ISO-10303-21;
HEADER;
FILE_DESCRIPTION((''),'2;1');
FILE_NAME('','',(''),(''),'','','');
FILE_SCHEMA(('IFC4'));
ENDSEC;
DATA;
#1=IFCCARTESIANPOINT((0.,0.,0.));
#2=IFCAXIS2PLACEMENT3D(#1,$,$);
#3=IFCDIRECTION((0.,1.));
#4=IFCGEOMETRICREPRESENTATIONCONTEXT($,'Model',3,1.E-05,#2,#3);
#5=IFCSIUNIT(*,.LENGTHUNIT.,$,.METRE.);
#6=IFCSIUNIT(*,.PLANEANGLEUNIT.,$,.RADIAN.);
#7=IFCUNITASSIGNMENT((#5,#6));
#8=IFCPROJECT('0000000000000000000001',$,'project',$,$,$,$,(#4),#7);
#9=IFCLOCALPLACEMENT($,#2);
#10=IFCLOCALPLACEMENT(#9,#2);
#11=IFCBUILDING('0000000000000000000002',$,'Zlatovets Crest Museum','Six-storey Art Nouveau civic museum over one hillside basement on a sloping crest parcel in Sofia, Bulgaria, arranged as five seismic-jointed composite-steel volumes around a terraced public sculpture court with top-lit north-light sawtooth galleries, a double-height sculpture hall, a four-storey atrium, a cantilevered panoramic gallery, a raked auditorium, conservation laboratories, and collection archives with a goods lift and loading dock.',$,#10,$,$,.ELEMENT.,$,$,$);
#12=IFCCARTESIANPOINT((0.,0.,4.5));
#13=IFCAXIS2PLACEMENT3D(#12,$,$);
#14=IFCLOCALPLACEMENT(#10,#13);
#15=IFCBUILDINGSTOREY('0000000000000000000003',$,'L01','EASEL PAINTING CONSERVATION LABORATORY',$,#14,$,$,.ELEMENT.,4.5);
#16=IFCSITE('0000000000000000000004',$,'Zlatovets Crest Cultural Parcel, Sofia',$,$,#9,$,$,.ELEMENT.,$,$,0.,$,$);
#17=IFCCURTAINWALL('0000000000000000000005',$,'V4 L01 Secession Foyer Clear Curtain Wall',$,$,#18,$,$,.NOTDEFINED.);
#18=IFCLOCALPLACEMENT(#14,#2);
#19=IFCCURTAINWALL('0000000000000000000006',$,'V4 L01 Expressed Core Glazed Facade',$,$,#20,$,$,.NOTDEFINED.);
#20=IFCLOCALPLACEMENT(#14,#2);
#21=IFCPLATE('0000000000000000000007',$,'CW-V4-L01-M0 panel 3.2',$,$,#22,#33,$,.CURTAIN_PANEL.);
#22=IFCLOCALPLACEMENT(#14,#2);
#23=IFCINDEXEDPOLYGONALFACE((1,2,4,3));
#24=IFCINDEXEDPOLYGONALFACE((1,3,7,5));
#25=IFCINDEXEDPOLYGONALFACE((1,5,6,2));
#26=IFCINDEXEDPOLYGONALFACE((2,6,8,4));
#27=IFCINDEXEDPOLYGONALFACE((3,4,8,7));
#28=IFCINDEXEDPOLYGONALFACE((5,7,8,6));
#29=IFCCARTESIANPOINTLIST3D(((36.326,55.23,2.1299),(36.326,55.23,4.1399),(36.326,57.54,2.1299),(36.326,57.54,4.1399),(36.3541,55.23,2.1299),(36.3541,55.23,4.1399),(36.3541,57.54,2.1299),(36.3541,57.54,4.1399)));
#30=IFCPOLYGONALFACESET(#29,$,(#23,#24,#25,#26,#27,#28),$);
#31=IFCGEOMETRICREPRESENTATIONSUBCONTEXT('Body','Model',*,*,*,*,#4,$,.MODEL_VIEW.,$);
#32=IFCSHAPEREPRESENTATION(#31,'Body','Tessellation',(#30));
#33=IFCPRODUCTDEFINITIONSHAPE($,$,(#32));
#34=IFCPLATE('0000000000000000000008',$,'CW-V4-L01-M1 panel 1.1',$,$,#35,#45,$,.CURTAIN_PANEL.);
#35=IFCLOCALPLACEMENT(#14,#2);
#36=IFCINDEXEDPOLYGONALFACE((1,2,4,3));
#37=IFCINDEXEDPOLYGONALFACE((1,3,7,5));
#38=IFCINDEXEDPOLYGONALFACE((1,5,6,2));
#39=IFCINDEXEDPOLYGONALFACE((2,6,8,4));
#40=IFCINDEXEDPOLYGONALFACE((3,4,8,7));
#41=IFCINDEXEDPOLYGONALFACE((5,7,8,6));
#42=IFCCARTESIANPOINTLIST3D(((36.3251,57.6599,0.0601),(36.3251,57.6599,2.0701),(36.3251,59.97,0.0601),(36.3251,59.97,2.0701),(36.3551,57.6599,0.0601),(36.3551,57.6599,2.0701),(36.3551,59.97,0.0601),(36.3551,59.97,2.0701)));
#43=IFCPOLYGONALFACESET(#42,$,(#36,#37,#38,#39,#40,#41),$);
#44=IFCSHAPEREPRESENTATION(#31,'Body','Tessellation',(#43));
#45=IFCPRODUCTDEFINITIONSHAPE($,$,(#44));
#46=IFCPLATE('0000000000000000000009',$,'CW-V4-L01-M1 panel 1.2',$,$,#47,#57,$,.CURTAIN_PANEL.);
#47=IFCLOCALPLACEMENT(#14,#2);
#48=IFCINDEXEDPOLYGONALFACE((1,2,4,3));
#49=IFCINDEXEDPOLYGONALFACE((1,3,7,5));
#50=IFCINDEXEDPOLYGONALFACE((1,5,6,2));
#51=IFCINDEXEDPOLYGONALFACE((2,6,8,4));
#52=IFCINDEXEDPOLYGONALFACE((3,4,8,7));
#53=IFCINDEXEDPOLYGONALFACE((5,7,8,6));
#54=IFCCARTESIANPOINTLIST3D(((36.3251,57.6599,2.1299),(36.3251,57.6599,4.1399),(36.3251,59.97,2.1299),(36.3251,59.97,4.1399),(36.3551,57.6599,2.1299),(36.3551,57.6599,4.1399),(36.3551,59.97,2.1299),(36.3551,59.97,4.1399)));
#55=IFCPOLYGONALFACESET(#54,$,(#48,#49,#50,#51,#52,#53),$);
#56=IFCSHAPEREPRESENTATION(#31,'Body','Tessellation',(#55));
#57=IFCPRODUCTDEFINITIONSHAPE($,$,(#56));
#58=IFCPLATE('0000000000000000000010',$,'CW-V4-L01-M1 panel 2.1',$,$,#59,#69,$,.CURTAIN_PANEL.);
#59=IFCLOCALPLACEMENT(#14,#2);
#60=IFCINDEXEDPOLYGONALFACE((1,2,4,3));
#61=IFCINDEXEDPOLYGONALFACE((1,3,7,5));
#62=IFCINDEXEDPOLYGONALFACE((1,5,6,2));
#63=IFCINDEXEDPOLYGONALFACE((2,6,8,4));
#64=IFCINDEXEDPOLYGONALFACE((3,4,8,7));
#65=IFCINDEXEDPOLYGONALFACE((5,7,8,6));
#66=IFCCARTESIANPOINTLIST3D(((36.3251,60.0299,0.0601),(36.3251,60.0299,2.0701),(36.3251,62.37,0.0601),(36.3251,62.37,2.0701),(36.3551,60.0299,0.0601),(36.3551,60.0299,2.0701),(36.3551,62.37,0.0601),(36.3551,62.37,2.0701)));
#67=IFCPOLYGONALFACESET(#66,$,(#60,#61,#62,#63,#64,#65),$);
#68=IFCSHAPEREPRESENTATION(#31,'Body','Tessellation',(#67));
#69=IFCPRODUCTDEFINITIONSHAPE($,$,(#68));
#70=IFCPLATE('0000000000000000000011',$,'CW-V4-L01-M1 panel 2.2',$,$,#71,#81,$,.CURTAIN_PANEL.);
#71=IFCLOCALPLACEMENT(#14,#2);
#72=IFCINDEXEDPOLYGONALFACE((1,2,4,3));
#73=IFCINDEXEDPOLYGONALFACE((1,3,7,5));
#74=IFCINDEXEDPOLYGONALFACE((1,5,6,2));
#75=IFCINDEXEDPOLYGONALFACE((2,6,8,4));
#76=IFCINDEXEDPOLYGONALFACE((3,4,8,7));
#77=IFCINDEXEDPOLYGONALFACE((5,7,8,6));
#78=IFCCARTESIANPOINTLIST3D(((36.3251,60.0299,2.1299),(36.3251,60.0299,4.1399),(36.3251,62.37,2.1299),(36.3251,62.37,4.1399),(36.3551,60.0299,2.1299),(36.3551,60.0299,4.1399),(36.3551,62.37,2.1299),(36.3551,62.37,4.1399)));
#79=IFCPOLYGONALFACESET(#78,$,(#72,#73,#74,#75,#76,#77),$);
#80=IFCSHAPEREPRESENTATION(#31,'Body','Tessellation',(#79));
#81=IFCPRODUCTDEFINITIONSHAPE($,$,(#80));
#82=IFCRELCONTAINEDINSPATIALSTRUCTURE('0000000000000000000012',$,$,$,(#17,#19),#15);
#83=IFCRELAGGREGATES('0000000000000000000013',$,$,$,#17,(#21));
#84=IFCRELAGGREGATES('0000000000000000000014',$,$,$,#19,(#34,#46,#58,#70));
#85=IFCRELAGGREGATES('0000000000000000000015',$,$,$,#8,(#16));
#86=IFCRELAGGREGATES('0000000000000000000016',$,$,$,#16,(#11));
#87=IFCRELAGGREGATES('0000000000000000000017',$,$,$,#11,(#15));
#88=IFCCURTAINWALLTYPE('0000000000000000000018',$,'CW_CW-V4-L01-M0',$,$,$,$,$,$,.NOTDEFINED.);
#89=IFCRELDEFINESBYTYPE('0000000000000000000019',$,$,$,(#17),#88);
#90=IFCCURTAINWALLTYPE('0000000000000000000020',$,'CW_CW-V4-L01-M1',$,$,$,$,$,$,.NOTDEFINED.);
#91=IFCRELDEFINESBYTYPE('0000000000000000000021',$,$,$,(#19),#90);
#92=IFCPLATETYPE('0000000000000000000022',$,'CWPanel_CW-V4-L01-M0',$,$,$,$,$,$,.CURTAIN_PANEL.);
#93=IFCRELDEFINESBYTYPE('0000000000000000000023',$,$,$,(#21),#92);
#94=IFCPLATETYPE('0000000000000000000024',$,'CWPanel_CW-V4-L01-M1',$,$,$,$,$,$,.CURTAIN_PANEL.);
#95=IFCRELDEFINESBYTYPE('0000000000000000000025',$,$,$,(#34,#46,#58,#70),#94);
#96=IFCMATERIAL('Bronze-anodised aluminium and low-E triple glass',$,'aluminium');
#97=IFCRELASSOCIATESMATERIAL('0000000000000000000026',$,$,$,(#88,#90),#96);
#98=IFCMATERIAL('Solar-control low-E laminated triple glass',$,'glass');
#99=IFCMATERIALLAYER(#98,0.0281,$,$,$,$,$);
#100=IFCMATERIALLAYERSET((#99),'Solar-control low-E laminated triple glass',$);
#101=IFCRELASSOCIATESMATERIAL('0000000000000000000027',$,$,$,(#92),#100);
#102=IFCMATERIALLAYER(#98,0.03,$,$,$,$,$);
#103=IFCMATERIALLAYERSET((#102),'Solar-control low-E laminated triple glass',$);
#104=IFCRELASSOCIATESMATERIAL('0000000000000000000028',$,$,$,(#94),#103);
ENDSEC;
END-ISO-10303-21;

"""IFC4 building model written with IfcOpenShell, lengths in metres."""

from ifc_helpers import new_model, si_unit, direction, frame, origin, origin_2d, place, context, subcontext, project, spatial, rectangle, extrude, material, layer, layer_set, type_object, element, aggregate, save


model = new_model("IFC4")

# Units and contexts
model_context = context("Model", 3, precision=1e-05, world=origin(), true_north=direction((0.0, 1.0)))
body_context = subcontext(model_context, "Body", "Model", "MODEL_VIEW")
ifc_project = project(units=[si_unit("LENGTHUNIT", "METRE"), si_unit("PLANEANGLEUNIT", "RADIAN")], contexts=[model_context])

# Site, building, storey
site_placement = place(None, origin())
site = spatial("IfcSite", under=ifc_project, at=site_placement, Name="Zlatovets Crest Cultural Parcel, Sofia", CompositionType="ELEMENT", RefElevation=0.0)
building_placement = place(site_placement, origin())
building = spatial("IfcBuilding", under=site, at=building_placement, Name="Zlatovets Crest Museum", Description="Six-storey Art Nouveau civic museum over one hillside basement on a sloping crest parcel in Sofia, Bulgaria, arranged as five seismic-jointed composite-steel volumes around a terraced public sculpture court with top-lit north-light sawtooth galleries, a double-height sculpture hall, a four-storey atrium, a cantilevered panoramic gallery, a raked auditorium, conservation laboratories, and collection archives with a goods lift and loading dock.", CompositionType="ELEMENT")
storey_placement = place(building_placement, frame((0.0, 0.0, 4.5)))
storey = spatial("IfcBuildingStorey", under=building, at=storey_placement, Name="L01", Description="EASEL PAINTING CONSERVATION LABORATORY", CompositionType="ELEMENT", Elevation=4.5)

# Curtain walls
ifc_material_1 = material(Name="Bronze-anodised aluminium and low-E triple glass", Category="aluminium")
curtain_wall_type_1 = type_object("IfcCurtainWallType", Name="CW_CW-V4-L01-M0", PredefinedType="NOTDEFINED", material=ifc_material_1)
curtain_wall_1_placement = place(storey_placement, origin())
curtain_wall_1 = element("IfcCurtainWall", 1, at=curtain_wall_1_placement, inside=storey, type_object=curtain_wall_type_1, Name="V4 L01 Secession Foyer Clear Curtain Wall", PredefinedType="NOTDEFINED")
curtain_wall_type_2 = type_object("IfcCurtainWallType", Name="CW_CW-V4-L01-M1", PredefinedType="NOTDEFINED", material=ifc_material_1)
curtain_wall_2_placement = place(storey_placement, origin())
curtain_wall_2 = element("IfcCurtainWall", 2, at=curtain_wall_2_placement, inside=storey, type_object=curtain_wall_type_2, Name="V4 L01 Expressed Core Glazed Facade", PredefinedType="NOTDEFINED")

# Plates
ifc_material_2 = material(Name="Solar-control low-E laminated triple glass", Category="glass")
ifc_layer_1 = layer(ifc_material_2, 0.0281)
ifc_layer_set_1 = layer_set([ifc_layer_1], Name="Solar-control low-E laminated triple glass")
plate_type_1 = type_object("IfcPlateType", Name="CWPanel_CW-V4-L01-M0", PredefinedType="CURTAIN_PANEL", material=ifc_layer_set_1)
plate_1_placement = place(storey_placement, frame((36.3401, 56.385, 2.1299), z_axis=(0.0, 0.0, 1.0), x_axis=(0.0, 1.0, 0.0)))
plate_1 = element("IfcPlate", 3, at=plate_1_placement, type_object=plate_type_1, Name="CW-V4-L01-M0 panel 3.2", PredefinedType="CURTAIN_PANEL", context=body_context, shape_type="SweptSolid", body=[
    extrude(rectangle(XDim=2.3101, YDim=0.0281, at=origin_2d()), origin(), (0.0, 0.0, 1.0), 2.01),
])
aggregate(curtain_wall_1, [plate_1])
ifc_layer_2 = layer(ifc_material_2, 0.03)
ifc_layer_set_2 = layer_set([ifc_layer_2], Name="Solar-control low-E laminated triple glass")
plate_type_2 = type_object("IfcPlateType", Name="CWPanel_CW-V4-L01-M1", PredefinedType="CURTAIN_PANEL", material=ifc_layer_set_2)
plate_2_placement = place(storey_placement, frame((36.3401, 58.8149, 0.0601), z_axis=(0.0, 0.0, 1.0), x_axis=(0.0, 1.0, 0.0)))
plate_2 = element("IfcPlate", 4, at=plate_2_placement, type_object=plate_type_2, Name="CW-V4-L01-M1 panel 1.1", PredefinedType="CURTAIN_PANEL", context=body_context, shape_type="SweptSolid", body=[
    extrude(rectangle(XDim=2.3101, YDim=0.03, at=origin_2d()), origin(), (0.0, 0.0, 1.0), 2.01),
])
plate_3_placement = place(storey_placement, frame((36.3401, 58.8149, 2.1299), z_axis=(0.0, 0.0, 1.0), x_axis=(0.0, 1.0, 0.0)))
plate_3 = element("IfcPlate", 5, at=plate_3_placement, type_object=plate_type_2, Name="CW-V4-L01-M1 panel 1.2", PredefinedType="CURTAIN_PANEL", context=body_context, shape_type="SweptSolid", body=[
    extrude(rectangle(XDim=2.3101, YDim=0.03, at=origin_2d()), origin(), (0.0, 0.0, 1.0), 2.01),
])
plate_4_placement = place(storey_placement, frame((36.3401, 61.2, 0.0601), z_axis=(0.0, 0.0, 1.0), x_axis=(0.0, 1.0, 0.0)))
plate_4 = element("IfcPlate", 6, at=plate_4_placement, type_object=plate_type_2, Name="CW-V4-L01-M1 panel 2.1", PredefinedType="CURTAIN_PANEL", context=body_context, shape_type="SweptSolid", body=[
    extrude(rectangle(XDim=2.3401, YDim=0.03, at=origin_2d()), origin(), (0.0, 0.0, 1.0), 2.01),
])
plate_5_placement = place(storey_placement, frame((36.3401, 61.2, 2.1299), z_axis=(0.0, 0.0, 1.0), x_axis=(0.0, 1.0, 0.0)))
plate_5 = element("IfcPlate", 7, at=plate_5_placement, type_object=plate_type_2, Name="CW-V4-L01-M1 panel 2.2", PredefinedType="CURTAIN_PANEL", context=body_context, shape_type="SweptSolid", body=[
    extrude(rectangle(XDim=2.3401, YDim=0.03, at=origin_2d()), origin(), (0.0, 0.0, 1.0), 2.01),
])
aggregate(curtain_wall_2, [plate_2, plate_3, plate_4, plate_5])

save(model, "model.ifc")
